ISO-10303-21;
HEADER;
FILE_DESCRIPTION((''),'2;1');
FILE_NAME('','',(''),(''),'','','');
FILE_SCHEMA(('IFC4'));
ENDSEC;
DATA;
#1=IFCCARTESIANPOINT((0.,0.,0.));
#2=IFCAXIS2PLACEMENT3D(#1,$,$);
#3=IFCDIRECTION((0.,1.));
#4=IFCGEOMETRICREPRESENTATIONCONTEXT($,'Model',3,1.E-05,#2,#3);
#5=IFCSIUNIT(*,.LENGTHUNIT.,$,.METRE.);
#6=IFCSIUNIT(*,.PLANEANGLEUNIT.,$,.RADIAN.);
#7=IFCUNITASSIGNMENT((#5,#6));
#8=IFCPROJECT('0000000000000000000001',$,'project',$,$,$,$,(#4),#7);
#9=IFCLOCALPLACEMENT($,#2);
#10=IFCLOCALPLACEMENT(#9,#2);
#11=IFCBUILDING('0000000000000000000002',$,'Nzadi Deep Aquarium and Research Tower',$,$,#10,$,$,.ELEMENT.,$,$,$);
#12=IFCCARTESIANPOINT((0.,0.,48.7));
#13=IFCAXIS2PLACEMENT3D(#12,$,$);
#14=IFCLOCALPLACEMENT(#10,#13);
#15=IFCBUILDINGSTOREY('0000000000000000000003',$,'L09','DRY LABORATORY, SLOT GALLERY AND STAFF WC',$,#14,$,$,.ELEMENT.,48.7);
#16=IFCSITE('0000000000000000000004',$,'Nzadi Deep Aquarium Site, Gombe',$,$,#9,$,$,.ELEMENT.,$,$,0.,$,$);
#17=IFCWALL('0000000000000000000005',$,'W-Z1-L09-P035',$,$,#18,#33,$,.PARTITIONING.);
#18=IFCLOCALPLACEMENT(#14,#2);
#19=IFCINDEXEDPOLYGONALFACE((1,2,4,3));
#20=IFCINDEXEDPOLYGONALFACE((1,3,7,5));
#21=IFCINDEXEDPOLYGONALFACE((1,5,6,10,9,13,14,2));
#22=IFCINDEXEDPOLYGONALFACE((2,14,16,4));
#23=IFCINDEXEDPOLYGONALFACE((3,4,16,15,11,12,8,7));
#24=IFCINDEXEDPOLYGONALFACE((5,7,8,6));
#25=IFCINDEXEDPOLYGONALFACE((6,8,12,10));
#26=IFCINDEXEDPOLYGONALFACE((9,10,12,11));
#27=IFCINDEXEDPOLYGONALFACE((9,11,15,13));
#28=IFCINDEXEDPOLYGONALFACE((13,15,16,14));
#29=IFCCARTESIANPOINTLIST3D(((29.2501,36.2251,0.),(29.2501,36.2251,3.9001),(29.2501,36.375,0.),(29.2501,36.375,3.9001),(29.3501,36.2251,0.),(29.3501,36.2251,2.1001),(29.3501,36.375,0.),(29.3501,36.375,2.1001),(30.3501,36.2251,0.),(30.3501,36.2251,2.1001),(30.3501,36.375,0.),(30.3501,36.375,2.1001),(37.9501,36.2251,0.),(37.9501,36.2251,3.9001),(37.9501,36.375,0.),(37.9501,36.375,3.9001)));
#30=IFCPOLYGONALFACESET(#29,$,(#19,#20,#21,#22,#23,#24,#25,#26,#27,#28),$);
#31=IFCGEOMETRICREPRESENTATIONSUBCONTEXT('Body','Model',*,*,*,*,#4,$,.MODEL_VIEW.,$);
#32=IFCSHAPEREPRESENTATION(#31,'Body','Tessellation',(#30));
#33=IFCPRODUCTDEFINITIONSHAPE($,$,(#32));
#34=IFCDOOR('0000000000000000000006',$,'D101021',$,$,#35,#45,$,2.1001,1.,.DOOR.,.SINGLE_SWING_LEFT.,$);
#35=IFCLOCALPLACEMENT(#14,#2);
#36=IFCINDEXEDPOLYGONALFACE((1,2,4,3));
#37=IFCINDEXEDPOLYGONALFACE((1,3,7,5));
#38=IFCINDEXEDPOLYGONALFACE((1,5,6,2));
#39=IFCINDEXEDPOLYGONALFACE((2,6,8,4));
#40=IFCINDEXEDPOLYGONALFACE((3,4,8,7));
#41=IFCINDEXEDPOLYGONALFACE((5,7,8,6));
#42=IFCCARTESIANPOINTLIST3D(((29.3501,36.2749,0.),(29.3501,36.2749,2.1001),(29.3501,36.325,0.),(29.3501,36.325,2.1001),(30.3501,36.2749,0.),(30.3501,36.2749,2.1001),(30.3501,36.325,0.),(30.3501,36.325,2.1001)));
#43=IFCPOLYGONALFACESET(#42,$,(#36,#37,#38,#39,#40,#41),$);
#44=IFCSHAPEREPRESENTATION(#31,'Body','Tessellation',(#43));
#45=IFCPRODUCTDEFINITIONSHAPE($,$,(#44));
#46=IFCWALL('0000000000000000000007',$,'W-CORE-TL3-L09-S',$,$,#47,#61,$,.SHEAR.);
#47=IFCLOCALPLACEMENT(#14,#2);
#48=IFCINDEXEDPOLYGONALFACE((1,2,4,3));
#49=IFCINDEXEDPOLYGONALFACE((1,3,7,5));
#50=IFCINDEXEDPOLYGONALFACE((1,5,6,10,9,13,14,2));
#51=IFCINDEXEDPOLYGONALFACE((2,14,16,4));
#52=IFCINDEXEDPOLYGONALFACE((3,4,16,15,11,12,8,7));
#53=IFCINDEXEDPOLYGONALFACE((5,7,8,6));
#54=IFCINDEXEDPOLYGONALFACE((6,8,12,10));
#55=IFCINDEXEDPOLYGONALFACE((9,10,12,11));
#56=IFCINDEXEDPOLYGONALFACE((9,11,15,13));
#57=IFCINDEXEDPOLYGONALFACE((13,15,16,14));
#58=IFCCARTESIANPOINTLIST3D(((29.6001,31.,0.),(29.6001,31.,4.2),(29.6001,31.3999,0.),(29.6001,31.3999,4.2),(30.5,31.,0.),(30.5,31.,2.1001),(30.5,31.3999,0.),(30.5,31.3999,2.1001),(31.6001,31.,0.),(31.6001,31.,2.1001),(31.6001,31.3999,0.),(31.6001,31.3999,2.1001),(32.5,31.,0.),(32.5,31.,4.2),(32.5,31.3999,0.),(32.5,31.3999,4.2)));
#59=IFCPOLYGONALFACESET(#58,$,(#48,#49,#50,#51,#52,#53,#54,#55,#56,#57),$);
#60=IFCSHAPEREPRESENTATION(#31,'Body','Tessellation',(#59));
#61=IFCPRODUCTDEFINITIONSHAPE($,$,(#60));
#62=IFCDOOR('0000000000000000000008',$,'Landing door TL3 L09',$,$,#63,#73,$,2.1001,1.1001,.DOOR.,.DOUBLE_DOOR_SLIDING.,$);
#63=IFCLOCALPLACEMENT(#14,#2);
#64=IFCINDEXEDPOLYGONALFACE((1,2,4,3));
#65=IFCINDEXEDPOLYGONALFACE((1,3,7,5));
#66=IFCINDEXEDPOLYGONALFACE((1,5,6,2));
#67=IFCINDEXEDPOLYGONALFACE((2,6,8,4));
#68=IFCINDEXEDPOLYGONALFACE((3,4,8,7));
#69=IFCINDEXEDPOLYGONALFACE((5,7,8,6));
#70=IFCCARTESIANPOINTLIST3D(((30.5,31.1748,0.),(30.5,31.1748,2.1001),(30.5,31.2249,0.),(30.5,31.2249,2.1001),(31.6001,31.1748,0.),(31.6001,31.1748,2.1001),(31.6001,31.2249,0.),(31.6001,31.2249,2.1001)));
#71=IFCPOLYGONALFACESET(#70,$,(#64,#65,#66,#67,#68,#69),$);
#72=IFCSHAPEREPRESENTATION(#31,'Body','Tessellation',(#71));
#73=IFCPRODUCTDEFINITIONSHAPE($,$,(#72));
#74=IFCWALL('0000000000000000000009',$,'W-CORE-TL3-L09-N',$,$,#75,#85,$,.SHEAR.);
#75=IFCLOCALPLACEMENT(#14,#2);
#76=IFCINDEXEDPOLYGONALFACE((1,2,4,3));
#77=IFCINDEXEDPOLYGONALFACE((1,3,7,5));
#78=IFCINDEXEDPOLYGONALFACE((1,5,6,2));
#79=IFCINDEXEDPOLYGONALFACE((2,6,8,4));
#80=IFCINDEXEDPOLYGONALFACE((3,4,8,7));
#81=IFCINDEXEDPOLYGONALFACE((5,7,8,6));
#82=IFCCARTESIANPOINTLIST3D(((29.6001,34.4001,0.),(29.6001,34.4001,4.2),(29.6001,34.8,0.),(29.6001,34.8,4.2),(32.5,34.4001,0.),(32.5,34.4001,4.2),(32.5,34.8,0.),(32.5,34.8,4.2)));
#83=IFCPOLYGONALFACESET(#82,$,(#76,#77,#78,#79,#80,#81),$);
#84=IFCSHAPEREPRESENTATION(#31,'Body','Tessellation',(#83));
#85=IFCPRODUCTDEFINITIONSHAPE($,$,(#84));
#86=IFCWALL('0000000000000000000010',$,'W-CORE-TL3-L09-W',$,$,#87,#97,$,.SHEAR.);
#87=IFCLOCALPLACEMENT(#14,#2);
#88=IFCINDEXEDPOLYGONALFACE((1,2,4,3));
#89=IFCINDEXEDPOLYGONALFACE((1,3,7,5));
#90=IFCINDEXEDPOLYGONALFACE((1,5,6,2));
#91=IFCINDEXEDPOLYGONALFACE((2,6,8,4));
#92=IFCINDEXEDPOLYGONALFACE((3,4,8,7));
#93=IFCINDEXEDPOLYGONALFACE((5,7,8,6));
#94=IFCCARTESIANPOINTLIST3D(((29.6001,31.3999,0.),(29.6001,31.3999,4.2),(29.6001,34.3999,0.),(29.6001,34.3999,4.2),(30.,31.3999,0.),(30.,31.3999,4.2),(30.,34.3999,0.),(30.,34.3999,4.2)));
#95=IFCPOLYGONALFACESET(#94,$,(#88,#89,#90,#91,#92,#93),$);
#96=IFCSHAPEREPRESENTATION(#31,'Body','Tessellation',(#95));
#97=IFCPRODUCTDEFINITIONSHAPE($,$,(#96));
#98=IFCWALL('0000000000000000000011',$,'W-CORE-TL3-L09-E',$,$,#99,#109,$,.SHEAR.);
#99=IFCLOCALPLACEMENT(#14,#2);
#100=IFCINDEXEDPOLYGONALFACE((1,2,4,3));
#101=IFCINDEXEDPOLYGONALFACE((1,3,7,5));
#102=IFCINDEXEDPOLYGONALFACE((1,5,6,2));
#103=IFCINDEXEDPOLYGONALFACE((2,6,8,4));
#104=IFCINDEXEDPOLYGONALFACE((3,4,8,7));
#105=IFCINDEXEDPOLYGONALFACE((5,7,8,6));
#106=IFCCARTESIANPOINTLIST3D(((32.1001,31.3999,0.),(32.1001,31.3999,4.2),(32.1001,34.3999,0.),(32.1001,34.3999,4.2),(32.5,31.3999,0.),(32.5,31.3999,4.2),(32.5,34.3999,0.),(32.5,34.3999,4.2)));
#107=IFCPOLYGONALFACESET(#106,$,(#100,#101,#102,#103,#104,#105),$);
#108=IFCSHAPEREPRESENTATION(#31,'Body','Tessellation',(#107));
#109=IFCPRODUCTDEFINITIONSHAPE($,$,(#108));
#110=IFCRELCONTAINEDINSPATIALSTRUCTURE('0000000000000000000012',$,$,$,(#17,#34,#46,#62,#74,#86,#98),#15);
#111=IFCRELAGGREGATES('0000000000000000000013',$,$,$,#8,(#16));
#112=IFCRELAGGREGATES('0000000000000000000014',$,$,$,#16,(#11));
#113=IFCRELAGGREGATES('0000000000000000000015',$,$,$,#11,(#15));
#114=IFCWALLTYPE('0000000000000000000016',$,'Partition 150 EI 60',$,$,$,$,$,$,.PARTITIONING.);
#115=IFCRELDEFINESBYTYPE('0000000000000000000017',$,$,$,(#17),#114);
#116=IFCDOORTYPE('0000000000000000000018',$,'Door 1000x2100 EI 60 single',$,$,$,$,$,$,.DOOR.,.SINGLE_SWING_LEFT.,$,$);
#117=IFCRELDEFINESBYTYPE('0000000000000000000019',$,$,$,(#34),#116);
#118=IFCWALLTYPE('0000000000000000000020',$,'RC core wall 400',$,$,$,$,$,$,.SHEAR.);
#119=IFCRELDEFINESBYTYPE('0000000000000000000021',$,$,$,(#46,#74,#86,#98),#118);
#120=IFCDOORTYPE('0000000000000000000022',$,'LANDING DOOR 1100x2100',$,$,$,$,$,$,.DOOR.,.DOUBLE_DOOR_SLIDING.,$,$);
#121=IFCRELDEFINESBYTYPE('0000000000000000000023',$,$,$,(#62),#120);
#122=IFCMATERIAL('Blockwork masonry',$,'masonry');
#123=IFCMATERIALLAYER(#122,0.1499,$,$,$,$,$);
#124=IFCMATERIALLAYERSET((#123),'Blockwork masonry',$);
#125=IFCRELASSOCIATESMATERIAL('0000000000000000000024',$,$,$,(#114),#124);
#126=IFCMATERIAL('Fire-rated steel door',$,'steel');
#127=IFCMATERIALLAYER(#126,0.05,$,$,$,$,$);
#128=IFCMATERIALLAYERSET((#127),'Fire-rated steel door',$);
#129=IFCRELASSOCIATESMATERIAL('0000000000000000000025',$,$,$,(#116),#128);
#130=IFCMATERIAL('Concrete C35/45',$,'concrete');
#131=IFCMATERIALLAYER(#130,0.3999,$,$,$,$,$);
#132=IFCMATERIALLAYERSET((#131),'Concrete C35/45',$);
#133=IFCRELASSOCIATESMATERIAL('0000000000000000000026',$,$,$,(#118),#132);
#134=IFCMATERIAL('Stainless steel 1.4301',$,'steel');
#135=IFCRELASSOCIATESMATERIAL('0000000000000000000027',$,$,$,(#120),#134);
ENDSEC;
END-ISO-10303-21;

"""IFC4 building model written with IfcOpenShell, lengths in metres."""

from ifc_helpers import new_model, si_unit, direction, frame, frame_2d, origin, place, context, subcontext, project, spatial, rectangle, extrude, material, layer, layer_set, type_object, element, fill, save


model = new_model("IFC4")

# Units and contexts
model_context = context("Model", 3, precision=1e-05, world=origin(), true_north=direction((0.0, 1.0)))
body_context = subcontext(model_context, "Body", "Model", "MODEL_VIEW")
ifc_project = project(units=[si_unit("LENGTHUNIT", "METRE"), si_unit("PLANEANGLEUNIT", "RADIAN")], contexts=[model_context])

# Site, building, storey
site_placement = place(None, origin())
site = spatial("IfcSite", under=ifc_project, at=site_placement, Name="Nzadi Deep Aquarium Site, Gombe", CompositionType="ELEMENT", RefElevation=0.0)
building_placement = place(site_placement, origin())
building = spatial("IfcBuilding", under=site, at=building_placement, Name="Nzadi Deep Aquarium and Research Tower", CompositionType="ELEMENT")
storey_placement = place(building_placement, frame((0.0, 0.0, 48.7)))
storey = spatial("IfcBuildingStorey", under=building, at=storey_placement, Name="L09", Description="DRY LABORATORY, SLOT GALLERY AND STAFF WC", CompositionType="ELEMENT", Elevation=48.7)

# Walls, openings, doors
ifc_material_1 = material(Name="Blockwork masonry", Category="masonry")
ifc_layer_1 = layer(ifc_material_1, 0.1499)
ifc_layer_set_1 = layer_set([ifc_layer_1], Name="Blockwork masonry")
wall_type_1 = type_object("IfcWallType", Name="Partition 150 EI 60", PredefinedType="PARTITIONING", material=ifc_layer_set_1)
wall_1_placement = place(storey_placement, frame((29.25, 36.3, 0.0), z_axis=(0.0, 0.0, 1.0), x_axis=(1.0, 0.0, 0.0)))
wall_1 = element("IfcWall", 1, at=wall_1_placement, inside=storey, type_object=wall_type_1, Name="W-Z1-L09-P035", PredefinedType="PARTITIONING", context=body_context, shape_type="SweptSolid", body=[
    extrude(rectangle(XDim=8.7, YDim=0.1499, at=frame_2d((4.3501, 0.0))), origin(), (0.0, 0.0, 1.0), 3.9001),
])
opening_1_placement = place(wall_1_placement, frame((0.1001, 0.0, 0.0)))
opening_1 = element("IfcOpeningElement", 2, at=opening_1_placement, cuts=wall_1, PredefinedType="OPENING", context=body_context, shape_type="SweptSolid", body=[
    extrude(rectangle(XDim=1.0, YDim=2.1001, at=frame_2d((0.5, 1.05))), frame((0.0, 0.085, 0.0), z_axis=(0.0, -1.0, 0.0), x_axis=(1.0, 0.0, 0.0)), (0.0, 0.0, 1.0), 0.1699),
])
ifc_material_2 = material(Name="Fire-rated steel door", Category="steel")
ifc_layer_2 = layer(ifc_material_2, 0.05)
ifc_layer_set_2 = layer_set([ifc_layer_2], Name="Fire-rated steel door")
door_type_1 = type_object("IfcDoorType", Name="Door 1000x2100 EI 60 single", OperationType="SINGLE_SWING_LEFT", PredefinedType="DOOR", material=ifc_layer_set_2)
door_1_placement = place(opening_1_placement, origin())
door_1 = element("IfcDoor", 3, at=door_1_placement, inside=storey, type_object=door_type_1, Name="D101021", OperationType="SINGLE_SWING_LEFT", OverallHeight=2.1001, OverallWidth=1.0, PredefinedType="DOOR", context=body_context, shape_type="SweptSolid", body=[
    extrude(rectangle(XDim=1.0, YDim=2.1001, at=frame_2d((0.5, 1.05))), frame((0.0, 0.0249, 0.0), z_axis=(0.0, -1.0, 0.0), x_axis=(1.0, 0.0, 0.0)), (0.0, 0.0, 1.0), 0.05),
])
fill(opening_1, door_1)
ifc_material_3 = material(Name="Concrete C35/45", Category="concrete")
ifc_layer_3 = layer(ifc_material_3, 0.3999)
ifc_layer_set_3 = layer_set([ifc_layer_3], Name="Concrete C35/45")
wall_type_2 = type_object("IfcWallType", Name="RC core wall 400", PredefinedType="SHEAR", material=ifc_layer_set_3)
wall_2_placement = place(storey_placement, frame((29.6001, 31.2, 0.0), z_axis=(0.0, 0.0, 1.0), x_axis=(1.0, 0.0, 0.0)))
wall_2 = element("IfcWall", 4, at=wall_2_placement, inside=storey, type_object=wall_type_2, Name="W-CORE-TL3-L09-S", PredefinedType="SHEAR", context=body_context, shape_type="SweptSolid", body=[
    extrude(rectangle(XDim=2.8999, YDim=0.3999, at=frame_2d((1.45, 0.0))), origin(), (0.0, 0.0, 1.0), 4.2),
])
opening_2_placement = place(wall_2_placement, frame((0.8999, 0.0, 0.0)))
opening_2 = element("IfcOpeningElement", 5, at=opening_2_placement, cuts=wall_2, PredefinedType="OPENING", context=body_context, shape_type="SweptSolid", body=[
    extrude(rectangle(XDim=1.1001, YDim=2.1001, at=frame_2d((0.55, 1.05))), frame((0.0, 0.21, 0.0), z_axis=(0.0, -1.0, 0.0), x_axis=(1.0, 0.0, 0.0)), (0.0, 0.0, 1.0), 0.4199),
])
ifc_material_4 = material(Name="Stainless steel 1.4301", Category="steel")
door_type_2 = type_object("IfcDoorType", Name="LANDING DOOR 1100x2100", OperationType="DOUBLE_DOOR_SLIDING", PredefinedType="DOOR", material=ifc_material_4)
door_2_placement = place(opening_2_placement, origin())
door_2 = element("IfcDoor", 6, at=door_2_placement, inside=storey, type_object=door_type_2, Name="Landing door TL3 L09", OperationType="DOUBLE_DOOR_SLIDING", OverallHeight=2.1001, OverallWidth=1.1001, PredefinedType="DOOR", context=body_context, shape_type="SweptSolid", body=[
    extrude(rectangle(XDim=1.1001, YDim=2.1001, at=frame_2d((0.55, 1.05))), frame((0.0, 0.0249, 0.0), z_axis=(0.0, -1.0, 0.0), x_axis=(1.0, 0.0, 0.0)), (0.0, 0.0, 1.0), 0.05),
])
fill(opening_2, door_2)

# Walls
wall_3_placement = place(storey_placement, frame((29.6001, 34.6001, 0.0), z_axis=(0.0, 0.0, 1.0), x_axis=(1.0, 0.0, 0.0)))
element("IfcWall", 7, at=wall_3_placement, inside=storey, type_object=wall_type_2, Name="W-CORE-TL3-L09-N", PredefinedType="SHEAR", context=body_context, shape_type="SweptSolid", body=[
    extrude(rectangle(XDim=2.8999, YDim=0.3999, at=frame_2d((1.45, 0.0))), origin(), (0.0, 0.0, 1.0), 4.2),
])
for number, where, z_axis, x_axis, name in (
    (8, (29.8, 31.3999, 0.0), (0.0, 0.0, 1.0), (0.0, 1.0, 0.0), "W-CORE-TL3-L09-W"),
    (9, (32.3, 31.3999, 0.0), (0.0, 0.0, 1.0), (0.0, 1.0, 0.0), "W-CORE-TL3-L09-E"),
):
    element("IfcWall", number, at=place(storey_placement, frame(where, z_axis=z_axis, x_axis=x_axis)), inside=storey, type_object=wall_type_2, Name=name, PredefinedType="SHEAR", context=body_context, shape_type="SweptSolid", body=[
        extrude(rectangle(XDim=3.0, YDim=0.3999, at=frame_2d((1.5, 0.0))), origin(), (0.0, 0.0, 1.0), 4.2),
    ])

save(model, "model.ifc")
